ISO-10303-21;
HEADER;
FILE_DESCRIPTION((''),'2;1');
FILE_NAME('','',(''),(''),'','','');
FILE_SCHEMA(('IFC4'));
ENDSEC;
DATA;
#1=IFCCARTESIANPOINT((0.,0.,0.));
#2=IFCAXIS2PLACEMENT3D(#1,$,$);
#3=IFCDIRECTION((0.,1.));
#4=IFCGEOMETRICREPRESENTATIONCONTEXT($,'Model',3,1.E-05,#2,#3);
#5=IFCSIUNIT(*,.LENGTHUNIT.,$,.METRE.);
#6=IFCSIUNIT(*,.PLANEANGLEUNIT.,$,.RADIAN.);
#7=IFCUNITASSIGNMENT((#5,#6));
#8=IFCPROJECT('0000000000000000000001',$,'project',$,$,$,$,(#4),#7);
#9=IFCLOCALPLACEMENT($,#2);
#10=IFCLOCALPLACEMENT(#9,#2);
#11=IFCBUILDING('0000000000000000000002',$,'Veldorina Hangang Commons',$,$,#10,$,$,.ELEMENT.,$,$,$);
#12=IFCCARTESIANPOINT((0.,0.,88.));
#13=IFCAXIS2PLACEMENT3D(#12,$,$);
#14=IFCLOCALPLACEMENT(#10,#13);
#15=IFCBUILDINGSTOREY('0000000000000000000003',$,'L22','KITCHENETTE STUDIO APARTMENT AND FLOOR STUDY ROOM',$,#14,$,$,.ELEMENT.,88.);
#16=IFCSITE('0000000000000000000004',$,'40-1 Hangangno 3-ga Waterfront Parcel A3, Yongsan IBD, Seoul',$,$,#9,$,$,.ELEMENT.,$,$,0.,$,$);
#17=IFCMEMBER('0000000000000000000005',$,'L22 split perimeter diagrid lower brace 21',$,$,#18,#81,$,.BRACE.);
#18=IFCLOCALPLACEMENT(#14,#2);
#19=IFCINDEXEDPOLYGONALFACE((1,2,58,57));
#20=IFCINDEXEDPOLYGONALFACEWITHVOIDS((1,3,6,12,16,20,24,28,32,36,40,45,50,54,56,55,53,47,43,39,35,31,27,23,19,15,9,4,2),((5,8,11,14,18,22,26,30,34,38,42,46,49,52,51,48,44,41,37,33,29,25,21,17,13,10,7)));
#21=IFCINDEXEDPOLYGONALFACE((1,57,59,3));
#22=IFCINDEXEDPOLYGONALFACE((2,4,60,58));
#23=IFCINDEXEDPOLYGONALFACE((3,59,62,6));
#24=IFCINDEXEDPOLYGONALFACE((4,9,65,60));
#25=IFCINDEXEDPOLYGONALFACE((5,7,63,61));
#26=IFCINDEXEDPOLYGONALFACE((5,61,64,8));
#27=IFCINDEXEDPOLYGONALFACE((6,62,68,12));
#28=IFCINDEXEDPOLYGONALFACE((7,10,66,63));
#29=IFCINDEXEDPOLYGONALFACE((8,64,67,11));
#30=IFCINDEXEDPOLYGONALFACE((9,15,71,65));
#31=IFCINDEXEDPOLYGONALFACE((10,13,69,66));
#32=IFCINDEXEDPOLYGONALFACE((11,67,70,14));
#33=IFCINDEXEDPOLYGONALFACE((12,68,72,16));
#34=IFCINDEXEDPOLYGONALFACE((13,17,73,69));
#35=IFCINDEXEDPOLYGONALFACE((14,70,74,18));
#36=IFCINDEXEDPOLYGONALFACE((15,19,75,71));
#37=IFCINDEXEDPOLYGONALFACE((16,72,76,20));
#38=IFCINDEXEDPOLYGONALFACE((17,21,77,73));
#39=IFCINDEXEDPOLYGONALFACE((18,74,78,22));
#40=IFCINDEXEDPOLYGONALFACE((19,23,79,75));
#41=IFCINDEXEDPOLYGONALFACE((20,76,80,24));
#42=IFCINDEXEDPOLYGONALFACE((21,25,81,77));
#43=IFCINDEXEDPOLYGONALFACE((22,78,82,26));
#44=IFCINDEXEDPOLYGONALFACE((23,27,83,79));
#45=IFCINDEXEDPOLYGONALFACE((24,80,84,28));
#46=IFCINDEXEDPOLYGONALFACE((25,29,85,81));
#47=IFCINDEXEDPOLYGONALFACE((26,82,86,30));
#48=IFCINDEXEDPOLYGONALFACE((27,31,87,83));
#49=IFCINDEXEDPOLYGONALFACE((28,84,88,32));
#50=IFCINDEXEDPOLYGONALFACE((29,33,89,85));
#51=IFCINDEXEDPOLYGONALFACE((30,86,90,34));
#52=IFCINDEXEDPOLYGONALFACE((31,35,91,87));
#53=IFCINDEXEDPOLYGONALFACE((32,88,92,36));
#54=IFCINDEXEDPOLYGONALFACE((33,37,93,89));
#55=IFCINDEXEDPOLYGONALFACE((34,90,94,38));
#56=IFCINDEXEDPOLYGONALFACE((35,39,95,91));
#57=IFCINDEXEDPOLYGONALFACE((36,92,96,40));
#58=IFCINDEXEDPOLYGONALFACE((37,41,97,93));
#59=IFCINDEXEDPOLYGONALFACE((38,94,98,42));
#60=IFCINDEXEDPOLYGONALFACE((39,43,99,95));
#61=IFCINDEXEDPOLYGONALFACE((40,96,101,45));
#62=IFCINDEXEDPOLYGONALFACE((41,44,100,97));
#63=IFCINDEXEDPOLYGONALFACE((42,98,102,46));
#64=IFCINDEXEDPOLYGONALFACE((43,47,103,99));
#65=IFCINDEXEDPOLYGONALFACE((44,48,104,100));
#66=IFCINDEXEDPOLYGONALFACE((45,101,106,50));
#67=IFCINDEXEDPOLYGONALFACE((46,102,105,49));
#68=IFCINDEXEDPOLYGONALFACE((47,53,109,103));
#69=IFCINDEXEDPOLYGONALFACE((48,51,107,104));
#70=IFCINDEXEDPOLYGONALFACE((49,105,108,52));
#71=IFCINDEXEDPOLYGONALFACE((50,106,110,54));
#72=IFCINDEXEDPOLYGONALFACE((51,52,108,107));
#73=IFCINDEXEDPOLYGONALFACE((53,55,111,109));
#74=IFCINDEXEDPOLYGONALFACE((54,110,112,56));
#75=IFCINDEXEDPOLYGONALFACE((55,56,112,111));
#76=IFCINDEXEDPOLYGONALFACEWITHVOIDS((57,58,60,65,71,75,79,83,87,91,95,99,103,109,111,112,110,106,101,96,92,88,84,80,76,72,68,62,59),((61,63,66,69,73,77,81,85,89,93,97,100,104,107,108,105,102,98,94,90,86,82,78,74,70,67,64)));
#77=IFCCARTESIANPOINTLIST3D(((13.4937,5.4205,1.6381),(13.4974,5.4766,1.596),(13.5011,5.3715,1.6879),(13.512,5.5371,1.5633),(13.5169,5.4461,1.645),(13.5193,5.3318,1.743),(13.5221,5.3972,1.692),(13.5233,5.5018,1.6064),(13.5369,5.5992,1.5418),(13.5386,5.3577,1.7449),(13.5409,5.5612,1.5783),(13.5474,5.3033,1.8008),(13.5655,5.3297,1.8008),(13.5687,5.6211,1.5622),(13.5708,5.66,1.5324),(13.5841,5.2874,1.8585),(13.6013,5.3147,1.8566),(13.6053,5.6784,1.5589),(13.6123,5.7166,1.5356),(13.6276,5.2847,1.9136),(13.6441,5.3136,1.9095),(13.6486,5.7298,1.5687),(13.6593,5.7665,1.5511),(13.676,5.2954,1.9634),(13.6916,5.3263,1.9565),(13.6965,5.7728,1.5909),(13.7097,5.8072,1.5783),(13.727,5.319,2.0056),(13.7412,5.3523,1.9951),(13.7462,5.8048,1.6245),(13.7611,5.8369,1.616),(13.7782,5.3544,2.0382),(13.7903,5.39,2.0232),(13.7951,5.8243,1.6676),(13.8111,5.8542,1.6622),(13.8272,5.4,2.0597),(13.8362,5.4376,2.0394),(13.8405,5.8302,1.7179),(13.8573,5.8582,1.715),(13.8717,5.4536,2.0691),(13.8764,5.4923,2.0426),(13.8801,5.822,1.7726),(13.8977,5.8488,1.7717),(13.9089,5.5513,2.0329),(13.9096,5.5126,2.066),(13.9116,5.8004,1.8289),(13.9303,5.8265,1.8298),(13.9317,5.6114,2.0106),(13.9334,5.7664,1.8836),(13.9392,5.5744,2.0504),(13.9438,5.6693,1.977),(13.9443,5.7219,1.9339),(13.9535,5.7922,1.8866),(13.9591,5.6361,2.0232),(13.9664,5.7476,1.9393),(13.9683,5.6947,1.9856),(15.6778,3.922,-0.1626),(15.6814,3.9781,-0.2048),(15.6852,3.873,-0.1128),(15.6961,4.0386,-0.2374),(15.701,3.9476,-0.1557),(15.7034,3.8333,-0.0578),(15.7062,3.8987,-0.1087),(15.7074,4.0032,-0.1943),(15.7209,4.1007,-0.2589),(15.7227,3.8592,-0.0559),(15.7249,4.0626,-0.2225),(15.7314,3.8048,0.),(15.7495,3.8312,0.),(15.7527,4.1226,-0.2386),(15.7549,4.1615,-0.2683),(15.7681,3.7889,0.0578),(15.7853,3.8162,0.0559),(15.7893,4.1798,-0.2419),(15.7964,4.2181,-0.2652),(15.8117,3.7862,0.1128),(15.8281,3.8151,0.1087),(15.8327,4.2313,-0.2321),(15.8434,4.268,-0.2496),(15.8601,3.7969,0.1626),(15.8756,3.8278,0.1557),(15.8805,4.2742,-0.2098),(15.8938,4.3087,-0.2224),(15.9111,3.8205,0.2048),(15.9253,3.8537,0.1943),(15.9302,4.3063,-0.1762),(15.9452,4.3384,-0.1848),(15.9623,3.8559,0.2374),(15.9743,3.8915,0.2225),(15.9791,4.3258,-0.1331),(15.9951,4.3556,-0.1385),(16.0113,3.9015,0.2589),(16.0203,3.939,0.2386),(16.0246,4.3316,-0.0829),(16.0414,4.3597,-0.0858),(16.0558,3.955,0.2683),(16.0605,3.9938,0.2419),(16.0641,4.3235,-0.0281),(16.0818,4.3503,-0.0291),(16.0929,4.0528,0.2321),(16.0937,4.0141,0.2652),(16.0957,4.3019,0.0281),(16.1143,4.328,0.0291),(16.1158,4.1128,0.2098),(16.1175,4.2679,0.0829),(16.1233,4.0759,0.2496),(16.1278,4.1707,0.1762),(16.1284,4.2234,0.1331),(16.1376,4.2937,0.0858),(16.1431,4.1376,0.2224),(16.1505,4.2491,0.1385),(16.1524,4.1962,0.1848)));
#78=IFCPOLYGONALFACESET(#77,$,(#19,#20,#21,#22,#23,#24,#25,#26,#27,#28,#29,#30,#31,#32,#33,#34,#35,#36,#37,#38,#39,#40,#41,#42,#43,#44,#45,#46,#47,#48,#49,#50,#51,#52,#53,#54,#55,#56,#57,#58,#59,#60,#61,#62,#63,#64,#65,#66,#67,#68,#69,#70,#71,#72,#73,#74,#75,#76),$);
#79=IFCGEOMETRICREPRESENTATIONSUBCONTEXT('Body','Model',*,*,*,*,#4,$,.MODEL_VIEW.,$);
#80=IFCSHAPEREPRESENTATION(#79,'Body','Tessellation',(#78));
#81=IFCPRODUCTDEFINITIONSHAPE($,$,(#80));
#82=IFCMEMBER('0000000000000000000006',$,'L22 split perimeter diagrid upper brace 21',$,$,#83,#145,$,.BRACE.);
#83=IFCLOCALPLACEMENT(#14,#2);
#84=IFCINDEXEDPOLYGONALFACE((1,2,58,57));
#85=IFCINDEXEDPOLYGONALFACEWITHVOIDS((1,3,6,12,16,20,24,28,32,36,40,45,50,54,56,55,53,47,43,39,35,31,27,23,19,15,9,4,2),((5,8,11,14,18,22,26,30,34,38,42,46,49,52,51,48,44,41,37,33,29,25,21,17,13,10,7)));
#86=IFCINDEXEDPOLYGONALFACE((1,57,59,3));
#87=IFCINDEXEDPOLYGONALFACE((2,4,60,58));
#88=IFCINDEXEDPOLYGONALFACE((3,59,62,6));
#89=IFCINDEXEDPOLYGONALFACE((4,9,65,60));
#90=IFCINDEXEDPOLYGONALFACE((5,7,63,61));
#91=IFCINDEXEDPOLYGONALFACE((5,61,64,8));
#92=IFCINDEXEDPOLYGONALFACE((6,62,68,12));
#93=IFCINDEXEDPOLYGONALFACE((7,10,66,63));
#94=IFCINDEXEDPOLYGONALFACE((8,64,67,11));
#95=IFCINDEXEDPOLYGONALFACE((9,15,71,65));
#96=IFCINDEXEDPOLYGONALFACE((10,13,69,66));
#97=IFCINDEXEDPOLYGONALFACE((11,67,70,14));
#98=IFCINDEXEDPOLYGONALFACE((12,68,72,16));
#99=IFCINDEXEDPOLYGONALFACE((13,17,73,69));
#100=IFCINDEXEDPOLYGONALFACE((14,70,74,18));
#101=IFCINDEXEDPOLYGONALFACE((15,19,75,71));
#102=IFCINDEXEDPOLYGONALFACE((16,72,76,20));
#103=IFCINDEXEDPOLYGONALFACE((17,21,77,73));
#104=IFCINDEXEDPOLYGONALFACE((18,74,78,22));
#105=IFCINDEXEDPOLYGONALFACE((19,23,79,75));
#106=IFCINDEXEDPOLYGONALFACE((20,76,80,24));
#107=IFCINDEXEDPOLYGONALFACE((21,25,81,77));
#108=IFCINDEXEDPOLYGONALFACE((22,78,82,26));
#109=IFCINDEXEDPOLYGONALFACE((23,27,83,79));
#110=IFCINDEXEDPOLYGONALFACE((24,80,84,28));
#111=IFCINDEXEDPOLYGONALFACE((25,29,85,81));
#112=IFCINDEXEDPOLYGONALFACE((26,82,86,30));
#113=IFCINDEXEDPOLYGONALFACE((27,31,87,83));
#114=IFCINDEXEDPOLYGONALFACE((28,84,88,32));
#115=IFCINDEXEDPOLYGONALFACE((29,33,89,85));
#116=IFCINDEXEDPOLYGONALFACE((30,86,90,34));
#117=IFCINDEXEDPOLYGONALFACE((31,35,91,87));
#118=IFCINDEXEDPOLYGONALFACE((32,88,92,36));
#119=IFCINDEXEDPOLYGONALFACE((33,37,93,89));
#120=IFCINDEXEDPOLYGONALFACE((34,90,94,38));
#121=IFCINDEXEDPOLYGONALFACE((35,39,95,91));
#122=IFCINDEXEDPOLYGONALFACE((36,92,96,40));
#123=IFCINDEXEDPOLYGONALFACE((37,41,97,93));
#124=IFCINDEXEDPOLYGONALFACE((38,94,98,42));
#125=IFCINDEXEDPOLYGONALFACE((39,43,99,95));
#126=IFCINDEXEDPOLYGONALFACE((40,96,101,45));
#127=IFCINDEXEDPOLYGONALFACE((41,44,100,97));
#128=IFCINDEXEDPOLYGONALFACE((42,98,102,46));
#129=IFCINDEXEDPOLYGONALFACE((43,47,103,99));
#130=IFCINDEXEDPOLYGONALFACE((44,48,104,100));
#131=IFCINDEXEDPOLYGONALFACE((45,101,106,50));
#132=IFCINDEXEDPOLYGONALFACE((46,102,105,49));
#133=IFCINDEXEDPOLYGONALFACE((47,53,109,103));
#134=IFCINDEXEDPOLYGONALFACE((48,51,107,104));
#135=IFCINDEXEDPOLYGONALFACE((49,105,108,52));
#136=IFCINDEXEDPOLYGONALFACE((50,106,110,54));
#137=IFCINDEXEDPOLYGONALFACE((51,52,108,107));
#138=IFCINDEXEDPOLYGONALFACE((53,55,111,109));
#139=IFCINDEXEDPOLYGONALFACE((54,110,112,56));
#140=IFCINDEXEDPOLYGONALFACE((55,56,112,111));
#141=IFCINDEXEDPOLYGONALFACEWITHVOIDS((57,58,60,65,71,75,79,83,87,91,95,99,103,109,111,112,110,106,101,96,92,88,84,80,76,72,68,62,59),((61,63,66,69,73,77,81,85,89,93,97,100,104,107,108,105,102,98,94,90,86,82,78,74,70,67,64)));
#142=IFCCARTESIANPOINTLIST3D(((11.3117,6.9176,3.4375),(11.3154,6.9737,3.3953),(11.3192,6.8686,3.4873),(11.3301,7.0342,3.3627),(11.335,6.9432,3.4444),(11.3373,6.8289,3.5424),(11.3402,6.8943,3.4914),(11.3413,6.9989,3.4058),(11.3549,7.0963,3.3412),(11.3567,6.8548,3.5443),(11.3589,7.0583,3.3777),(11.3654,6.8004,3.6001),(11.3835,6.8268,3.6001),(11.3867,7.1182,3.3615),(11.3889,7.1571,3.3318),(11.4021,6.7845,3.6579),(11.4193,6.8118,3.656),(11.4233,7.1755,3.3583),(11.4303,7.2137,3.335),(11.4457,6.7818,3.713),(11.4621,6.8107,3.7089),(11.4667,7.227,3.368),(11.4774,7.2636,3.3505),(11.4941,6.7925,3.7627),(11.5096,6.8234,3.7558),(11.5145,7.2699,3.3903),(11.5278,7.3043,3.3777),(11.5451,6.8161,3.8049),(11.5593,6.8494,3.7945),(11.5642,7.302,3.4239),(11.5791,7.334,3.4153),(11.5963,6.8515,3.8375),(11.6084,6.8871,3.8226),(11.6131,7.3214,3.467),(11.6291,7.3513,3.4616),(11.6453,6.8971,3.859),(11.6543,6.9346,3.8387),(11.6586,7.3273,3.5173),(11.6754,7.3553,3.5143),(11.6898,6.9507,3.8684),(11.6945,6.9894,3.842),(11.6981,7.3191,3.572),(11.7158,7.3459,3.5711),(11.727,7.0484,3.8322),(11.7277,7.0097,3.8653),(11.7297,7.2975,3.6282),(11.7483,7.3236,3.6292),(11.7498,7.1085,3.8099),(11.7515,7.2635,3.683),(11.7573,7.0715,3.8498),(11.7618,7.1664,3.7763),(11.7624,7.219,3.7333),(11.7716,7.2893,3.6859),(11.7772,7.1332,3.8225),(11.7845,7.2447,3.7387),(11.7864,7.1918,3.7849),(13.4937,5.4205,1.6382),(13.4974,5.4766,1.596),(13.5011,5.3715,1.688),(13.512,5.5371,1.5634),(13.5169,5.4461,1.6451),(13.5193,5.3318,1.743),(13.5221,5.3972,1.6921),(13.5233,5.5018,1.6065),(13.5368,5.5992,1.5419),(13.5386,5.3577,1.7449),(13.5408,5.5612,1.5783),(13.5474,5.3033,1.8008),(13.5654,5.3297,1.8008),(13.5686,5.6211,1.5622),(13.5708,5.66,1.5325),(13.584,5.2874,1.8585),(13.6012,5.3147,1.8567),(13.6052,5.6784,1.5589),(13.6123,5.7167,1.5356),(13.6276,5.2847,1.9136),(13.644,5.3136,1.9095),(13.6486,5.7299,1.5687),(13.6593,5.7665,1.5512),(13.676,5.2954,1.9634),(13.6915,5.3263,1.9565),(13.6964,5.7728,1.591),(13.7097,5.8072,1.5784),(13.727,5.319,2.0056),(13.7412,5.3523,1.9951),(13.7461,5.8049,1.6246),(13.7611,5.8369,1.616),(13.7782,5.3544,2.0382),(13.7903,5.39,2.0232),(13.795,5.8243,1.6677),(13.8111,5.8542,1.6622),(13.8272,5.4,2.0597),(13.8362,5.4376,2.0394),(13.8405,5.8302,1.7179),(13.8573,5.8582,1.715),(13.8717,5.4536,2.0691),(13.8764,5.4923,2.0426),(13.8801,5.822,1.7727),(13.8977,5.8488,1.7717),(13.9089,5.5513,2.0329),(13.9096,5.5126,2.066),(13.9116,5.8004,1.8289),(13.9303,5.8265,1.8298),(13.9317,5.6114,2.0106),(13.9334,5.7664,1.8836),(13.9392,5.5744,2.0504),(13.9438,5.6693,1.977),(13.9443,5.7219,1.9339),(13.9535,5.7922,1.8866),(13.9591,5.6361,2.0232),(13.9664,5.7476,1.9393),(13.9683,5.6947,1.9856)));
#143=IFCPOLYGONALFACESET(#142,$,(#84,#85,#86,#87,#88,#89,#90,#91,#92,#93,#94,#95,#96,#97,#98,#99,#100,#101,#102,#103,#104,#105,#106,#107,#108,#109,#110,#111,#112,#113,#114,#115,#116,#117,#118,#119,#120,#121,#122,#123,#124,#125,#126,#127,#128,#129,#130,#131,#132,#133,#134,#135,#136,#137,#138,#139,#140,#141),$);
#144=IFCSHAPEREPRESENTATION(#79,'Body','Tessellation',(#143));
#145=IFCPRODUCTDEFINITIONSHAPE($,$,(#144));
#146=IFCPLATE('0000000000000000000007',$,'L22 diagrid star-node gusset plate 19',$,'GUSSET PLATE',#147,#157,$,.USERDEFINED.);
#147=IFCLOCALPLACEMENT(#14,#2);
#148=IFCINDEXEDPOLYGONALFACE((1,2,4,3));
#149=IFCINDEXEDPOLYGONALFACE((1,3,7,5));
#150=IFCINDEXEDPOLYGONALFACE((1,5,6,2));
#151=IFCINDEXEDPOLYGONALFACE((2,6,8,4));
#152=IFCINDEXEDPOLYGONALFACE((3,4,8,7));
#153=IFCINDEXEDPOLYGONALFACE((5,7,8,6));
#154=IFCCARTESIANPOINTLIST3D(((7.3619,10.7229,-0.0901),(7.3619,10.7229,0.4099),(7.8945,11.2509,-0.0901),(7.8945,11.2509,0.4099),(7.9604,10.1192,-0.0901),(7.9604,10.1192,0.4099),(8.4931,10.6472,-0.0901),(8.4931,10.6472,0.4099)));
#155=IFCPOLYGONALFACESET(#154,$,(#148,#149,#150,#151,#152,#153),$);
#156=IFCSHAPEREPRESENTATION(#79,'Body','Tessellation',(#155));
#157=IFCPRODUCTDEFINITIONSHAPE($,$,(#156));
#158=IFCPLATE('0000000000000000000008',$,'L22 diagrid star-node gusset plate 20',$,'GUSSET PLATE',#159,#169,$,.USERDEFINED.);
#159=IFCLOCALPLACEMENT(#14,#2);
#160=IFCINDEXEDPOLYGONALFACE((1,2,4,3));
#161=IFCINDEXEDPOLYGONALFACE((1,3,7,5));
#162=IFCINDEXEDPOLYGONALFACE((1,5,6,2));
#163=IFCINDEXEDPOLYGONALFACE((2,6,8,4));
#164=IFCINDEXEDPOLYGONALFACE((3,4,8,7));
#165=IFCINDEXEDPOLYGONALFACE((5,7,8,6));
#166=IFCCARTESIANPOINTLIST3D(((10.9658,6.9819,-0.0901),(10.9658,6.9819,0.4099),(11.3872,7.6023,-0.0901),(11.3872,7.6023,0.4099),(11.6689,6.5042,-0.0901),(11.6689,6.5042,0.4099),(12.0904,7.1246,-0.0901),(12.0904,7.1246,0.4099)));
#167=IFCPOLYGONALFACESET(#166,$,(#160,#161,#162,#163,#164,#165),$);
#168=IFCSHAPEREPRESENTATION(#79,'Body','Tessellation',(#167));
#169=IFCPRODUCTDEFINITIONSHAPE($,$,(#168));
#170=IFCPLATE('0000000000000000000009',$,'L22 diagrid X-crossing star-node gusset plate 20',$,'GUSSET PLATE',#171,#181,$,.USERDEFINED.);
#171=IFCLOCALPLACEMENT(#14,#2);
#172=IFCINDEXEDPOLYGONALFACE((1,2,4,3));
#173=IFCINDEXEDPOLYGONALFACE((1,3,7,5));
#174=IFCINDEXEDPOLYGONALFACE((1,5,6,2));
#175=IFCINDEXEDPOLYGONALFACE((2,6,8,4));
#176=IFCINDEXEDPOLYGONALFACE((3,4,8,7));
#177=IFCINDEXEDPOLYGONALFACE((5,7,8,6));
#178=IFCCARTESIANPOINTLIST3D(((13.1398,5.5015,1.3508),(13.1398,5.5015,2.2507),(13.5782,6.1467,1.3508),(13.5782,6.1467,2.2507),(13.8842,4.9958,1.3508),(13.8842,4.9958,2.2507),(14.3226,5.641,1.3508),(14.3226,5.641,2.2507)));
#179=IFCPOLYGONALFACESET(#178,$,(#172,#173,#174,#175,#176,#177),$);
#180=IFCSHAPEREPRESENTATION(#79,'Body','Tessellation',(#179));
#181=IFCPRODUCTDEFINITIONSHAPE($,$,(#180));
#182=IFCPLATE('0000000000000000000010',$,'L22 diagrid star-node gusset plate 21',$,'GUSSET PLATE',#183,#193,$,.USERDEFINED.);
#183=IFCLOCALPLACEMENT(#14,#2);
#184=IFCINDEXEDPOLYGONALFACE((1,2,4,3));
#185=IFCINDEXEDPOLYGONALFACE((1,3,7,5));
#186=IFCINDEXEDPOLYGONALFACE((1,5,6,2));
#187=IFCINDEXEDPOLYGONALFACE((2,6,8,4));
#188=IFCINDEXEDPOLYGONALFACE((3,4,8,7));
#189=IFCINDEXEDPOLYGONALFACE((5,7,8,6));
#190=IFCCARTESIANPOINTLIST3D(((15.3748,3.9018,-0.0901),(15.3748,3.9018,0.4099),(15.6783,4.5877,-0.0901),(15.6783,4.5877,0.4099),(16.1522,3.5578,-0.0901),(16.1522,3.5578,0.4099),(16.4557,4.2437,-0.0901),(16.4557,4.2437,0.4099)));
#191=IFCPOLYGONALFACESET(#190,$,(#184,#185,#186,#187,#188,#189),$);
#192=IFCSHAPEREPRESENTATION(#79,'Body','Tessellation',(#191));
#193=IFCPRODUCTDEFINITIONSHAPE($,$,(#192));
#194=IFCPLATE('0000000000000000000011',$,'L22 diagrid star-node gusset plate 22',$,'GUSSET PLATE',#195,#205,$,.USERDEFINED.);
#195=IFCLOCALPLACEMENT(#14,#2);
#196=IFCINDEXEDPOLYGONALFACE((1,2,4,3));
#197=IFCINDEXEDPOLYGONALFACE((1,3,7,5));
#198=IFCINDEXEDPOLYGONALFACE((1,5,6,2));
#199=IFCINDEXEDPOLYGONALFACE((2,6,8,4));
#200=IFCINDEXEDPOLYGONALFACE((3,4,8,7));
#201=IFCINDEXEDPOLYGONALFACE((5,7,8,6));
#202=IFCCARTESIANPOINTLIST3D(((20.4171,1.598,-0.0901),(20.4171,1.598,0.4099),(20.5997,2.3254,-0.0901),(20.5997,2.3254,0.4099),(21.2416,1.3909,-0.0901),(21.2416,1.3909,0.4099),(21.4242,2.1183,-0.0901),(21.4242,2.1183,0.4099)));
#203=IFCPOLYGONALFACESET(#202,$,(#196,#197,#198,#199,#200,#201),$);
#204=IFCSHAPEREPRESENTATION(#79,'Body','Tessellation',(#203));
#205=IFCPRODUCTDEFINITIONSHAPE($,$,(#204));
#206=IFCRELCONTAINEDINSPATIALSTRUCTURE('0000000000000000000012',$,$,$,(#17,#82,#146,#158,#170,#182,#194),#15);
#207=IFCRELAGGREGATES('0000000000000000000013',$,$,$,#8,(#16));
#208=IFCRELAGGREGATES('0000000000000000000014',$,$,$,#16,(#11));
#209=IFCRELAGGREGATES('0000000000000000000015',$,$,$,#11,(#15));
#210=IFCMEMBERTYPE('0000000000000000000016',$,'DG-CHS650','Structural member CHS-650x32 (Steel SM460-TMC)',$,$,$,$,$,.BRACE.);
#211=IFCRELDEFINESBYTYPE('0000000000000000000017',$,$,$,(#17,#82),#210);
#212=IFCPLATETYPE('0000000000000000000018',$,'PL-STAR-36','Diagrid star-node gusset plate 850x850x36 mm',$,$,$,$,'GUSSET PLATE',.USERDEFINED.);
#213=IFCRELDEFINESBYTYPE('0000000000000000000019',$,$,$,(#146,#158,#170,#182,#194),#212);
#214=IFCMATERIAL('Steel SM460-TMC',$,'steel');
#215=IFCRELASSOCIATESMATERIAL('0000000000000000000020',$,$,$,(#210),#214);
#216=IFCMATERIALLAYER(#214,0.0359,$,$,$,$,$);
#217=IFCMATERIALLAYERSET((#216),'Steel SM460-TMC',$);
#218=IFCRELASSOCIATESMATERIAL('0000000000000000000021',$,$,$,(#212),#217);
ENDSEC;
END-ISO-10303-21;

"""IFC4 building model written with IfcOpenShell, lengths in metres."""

from ifc_helpers import new_model, si_unit, direction, frame, origin, origin_2d, place, context, subcontext, project, spatial, rectangle, hollow_circle, extrude, material, layer, layer_set, material_profile, profile_set, type_object, element, save


model = new_model("IFC4")

# Units and contexts
model_context = context("Model", 3, precision=1e-05, world=origin(), true_north=direction((0.0, 1.0)))
body_context = subcontext(model_context, "Body", "Model", "MODEL_VIEW")
ifc_project = project(units=[si_unit("LENGTHUNIT", "METRE"), si_unit("PLANEANGLEUNIT", "RADIAN")], contexts=[model_context])

# Site, building, storey
site_placement = place(None, origin())
site = spatial("IfcSite", under=ifc_project, at=site_placement, Name="40-1 Hangangno 3-ga Waterfront Parcel A3, Yongsan IBD, Seoul", CompositionType="ELEMENT", RefElevation=0.0)
building_placement = place(site_placement, origin())
building = spatial("IfcBuilding", under=site, at=building_placement, Name="Veldorina Hangang Commons", CompositionType="ELEMENT")
storey_placement = place(building_placement, frame((0.0, 0.0, 88.0)))
storey = spatial("IfcBuildingStorey", under=building, at=storey_placement, Name="L22", Description="KITCHENETTE STUDIO APARTMENT AND FLOOR STUDY ROOM", CompositionType="ELEMENT", Elevation=88.0)

# Members
ifc_material_1 = material(Name="Steel SM460-TMC", Category="steel")
ifc_material_profile_1 = material_profile(ifc_material_1, hollow_circle(Radius=0.325, WallThickness=0.032, at=origin_2d()), Name="CHS-650x32")
ifc_profile_set_1 = profile_set([ifc_material_profile_1], Name="Steel SM460-TMC")
member_type = type_object("IfcMemberType", Name="DG-CHS650", Description="Structural member CHS-650x32 (Steel SM460-TMC)", PredefinedType="BRACE", material=ifc_profile_set_1)
member_1_placement = place(storey_placement, frame((15.9153, 4.0728, 0.0), z_axis=(-0.681905, 0.467867, 0.562233), x_axis=(-0.565754, -0.824574, 0.0)))
element("IfcMember", 1, at=member_1_placement, inside=storey, type_object=member_type, Name="L22 split perimeter diagrid lower brace 21", PredefinedType="BRACE", context=body_context, shape_type="SweptSolid", body=[
    extrude(hollow_circle(Radius=0.325, WallThickness=0.032, at=origin_2d()), origin(), (0.0, 0.0, 1.0), 3.2029),
])
member_2_placement = place(storey_placement, frame((13.7312, 5.5713, 1.8008), z_axis=(-0.68186, 0.467849, 0.562303), x_axis=(-0.565765, -0.824567, 0.0)))
element("IfcMember", 2, at=member_2_placement, inside=storey, type_object=member_type, Name="L22 split perimeter diagrid upper brace 21", PredefinedType="BRACE", context=body_context, shape_type="SweptSolid", body=[
    extrude(hollow_circle(Radius=0.325, WallThickness=0.032, at=origin_2d()), origin(), (0.0, 0.0, 1.0), 3.2),
])

# Plates
ifc_layer_1 = layer(ifc_material_1, 0.0359)
ifc_layer_set_1 = layer_set([ifc_layer_1], Name="Steel SM460-TMC")
plate_type = type_object("IfcPlateType", Name="PL-STAR-36", Description="Diagrid star-node gusset plate 850x850x36 mm", ElementType="GUSSET PLATE", PredefinedType="USERDEFINED", material=ifc_layer_set_1)
for number, where, z_axis, x_axis, name in (
    (3, (7.9275, 10.6851, -0.0901), (0.0, 0.0, 1.0), (0.704052, -0.710149, 0.0), "L22 diagrid star-node gusset plate 19"),
    (4, (11.5281, 7.0532, -0.0901), (0.0, 0.0, 1.0), (0.827169, -0.561953, 0.0), "L22 diagrid star-node gusset plate 20"),
):
    element("IfcPlate", number, at=place(storey_placement, frame(where, z_axis=z_axis, x_axis=x_axis)), inside=storey, type_object=plate_type, Name=name, ObjectType="GUSSET PLATE", PredefinedType="USERDEFINED", context=body_context, shape_type="SweptSolid", body=[
        extrude(rectangle(XDim=0.8501, YDim=0.75, at=origin_2d()), origin(), (0.0, 0.0, 1.0), 0.5),
    ])
plate_placement = place(storey_placement, frame((13.7312, 5.5713, 1.3508), z_axis=(0.0, 0.0, 1.0), x_axis=(0.827169, -0.561953, 0.0)))
element("IfcPlate", 5, at=plate_placement, inside=storey, type_object=plate_type, Name="L22 diagrid X-crossing star-node gusset plate 20", ObjectType="GUSSET PLATE", PredefinedType="USERDEFINED", context=body_context, shape_type="SweptSolid", body=[
    extrude(rectangle(XDim=0.8999, YDim=0.78, at=origin_2d()), origin(), (0.0, 0.0, 1.0), 0.8999),
])
for number, where, z_axis, x_axis, name in (
    (6, (15.9153, 4.0728, -0.0901), (0.0, 0.0, 1.0), (0.91448, -0.404631, 0.0), "L22 diagrid star-node gusset plate 21"),
    (7, (20.9207, 1.8582, -0.0901), (0.0, 0.0, 1.0), (0.969889, -0.243547, 0.0), "L22 diagrid star-node gusset plate 22"),
):
    element("IfcPlate", number, at=place(storey_placement, frame(where, z_axis=z_axis, x_axis=x_axis)), inside=storey, type_object=plate_type, Name=name, ObjectType="GUSSET PLATE", PredefinedType="USERDEFINED", context=body_context, shape_type="SweptSolid", body=[
        extrude(rectangle(XDim=0.8501, YDim=0.75, at=origin_2d()), origin(), (0.0, 0.0, 1.0), 0.5),
    ])

save(model, "model.ifc")
